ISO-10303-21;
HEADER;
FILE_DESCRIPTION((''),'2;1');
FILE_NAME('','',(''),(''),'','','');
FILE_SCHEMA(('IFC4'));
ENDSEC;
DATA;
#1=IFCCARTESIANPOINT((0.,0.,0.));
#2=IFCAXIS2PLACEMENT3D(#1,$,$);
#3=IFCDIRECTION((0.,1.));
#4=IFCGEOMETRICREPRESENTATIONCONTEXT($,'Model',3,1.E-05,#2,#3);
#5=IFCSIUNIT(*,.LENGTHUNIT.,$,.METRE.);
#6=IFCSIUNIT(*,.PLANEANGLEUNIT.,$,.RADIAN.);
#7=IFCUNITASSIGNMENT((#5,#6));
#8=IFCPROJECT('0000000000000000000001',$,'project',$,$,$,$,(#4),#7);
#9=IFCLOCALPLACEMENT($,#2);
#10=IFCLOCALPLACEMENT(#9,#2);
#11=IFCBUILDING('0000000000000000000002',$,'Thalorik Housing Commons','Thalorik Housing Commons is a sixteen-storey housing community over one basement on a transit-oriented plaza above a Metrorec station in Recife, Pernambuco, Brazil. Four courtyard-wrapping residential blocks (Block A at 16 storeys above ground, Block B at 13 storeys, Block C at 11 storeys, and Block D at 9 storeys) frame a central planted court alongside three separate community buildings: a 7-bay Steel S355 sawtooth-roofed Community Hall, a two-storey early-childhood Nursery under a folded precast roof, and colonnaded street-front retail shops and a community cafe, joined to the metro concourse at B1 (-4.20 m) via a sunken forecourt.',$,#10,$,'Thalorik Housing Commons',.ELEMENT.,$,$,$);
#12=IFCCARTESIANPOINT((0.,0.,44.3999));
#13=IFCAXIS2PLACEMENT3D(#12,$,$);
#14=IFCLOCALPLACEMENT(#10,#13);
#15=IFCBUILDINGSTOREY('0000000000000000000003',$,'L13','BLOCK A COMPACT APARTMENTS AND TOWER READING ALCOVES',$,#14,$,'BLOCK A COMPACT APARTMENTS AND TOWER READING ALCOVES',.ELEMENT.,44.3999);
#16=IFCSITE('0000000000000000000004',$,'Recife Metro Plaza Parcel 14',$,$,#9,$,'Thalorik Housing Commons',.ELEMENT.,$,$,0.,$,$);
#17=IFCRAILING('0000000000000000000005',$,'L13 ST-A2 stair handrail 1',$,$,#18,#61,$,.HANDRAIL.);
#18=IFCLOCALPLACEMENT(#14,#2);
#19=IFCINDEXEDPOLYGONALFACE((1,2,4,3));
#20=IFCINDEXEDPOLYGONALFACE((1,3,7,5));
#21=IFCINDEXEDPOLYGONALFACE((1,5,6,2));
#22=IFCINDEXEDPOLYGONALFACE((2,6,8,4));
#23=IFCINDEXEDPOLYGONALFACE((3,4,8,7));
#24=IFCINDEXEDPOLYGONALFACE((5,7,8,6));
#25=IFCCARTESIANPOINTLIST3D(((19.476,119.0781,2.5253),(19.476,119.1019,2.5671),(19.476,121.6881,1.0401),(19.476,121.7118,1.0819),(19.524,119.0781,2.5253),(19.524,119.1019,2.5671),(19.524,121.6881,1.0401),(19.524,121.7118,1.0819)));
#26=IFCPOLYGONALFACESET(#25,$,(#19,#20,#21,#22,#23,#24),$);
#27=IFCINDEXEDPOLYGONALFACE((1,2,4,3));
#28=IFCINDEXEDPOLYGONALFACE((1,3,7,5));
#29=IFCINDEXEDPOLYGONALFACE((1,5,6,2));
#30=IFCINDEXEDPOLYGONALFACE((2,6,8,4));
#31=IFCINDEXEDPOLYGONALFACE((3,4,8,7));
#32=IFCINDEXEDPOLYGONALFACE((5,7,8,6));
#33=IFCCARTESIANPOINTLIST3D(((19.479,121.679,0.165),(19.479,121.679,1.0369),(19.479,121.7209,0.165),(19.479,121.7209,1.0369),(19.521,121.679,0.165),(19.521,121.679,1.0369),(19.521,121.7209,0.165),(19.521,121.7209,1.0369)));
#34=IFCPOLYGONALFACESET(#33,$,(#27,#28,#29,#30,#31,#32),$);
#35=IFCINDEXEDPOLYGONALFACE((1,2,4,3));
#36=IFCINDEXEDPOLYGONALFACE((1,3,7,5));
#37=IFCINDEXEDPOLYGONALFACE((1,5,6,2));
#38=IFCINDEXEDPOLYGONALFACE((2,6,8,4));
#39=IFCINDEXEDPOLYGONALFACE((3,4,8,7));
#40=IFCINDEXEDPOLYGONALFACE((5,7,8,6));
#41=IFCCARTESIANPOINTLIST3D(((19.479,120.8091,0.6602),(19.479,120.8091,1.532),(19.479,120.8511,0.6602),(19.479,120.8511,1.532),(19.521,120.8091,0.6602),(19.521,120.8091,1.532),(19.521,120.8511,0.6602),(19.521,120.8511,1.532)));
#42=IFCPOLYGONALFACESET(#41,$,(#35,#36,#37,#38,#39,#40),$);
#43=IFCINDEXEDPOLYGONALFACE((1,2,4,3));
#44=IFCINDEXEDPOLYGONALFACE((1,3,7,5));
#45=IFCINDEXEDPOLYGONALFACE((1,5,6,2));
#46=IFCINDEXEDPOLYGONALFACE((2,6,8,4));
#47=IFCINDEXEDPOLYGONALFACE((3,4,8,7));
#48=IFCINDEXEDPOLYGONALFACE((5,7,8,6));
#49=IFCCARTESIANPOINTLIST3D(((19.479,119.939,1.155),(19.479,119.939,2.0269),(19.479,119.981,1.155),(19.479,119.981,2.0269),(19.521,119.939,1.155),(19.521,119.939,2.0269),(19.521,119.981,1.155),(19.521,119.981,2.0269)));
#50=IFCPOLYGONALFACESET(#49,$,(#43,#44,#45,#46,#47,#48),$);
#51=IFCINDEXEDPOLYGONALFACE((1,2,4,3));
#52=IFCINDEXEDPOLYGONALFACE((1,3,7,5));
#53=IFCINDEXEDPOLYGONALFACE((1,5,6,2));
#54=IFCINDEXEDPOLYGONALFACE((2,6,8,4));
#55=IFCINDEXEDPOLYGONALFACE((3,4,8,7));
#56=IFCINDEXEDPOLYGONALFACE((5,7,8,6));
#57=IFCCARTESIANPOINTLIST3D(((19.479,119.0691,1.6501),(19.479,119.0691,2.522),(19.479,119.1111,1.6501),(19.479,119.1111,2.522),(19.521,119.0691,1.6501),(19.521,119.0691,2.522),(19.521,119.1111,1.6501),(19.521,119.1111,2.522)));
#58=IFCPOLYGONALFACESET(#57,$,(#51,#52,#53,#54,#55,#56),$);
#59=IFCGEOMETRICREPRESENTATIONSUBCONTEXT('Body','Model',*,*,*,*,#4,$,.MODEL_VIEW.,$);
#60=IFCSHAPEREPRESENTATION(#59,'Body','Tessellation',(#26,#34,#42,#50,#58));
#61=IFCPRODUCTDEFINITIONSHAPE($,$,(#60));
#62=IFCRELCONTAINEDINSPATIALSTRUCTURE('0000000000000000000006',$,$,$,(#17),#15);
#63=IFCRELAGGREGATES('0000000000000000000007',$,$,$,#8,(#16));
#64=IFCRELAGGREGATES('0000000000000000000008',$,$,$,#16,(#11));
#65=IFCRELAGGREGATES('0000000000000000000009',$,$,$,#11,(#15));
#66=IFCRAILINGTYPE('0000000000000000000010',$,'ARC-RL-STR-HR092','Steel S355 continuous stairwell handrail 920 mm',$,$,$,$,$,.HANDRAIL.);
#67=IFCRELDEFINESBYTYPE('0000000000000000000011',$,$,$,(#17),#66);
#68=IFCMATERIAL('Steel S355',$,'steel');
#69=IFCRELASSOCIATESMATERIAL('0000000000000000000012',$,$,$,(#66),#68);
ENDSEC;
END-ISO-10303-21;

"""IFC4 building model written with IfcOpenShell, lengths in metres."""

from ifc_helpers import new_model, si_unit, direction, frame, origin, origin_2d, place, context, subcontext, project, spatial, rectangle, extrude, material, type_object, element, save


model = new_model("IFC4")

# Units and contexts
model_context = context("Model", 3, precision=1e-05, world=origin(), true_north=direction((0.0, 1.0)))
body_context = subcontext(model_context, "Body", "Model", "MODEL_VIEW")
ifc_project = project(units=[si_unit("LENGTHUNIT", "METRE"), si_unit("PLANEANGLEUNIT", "RADIAN")], contexts=[model_context])

# Site, building, storey
site_placement = place(None, origin())
site = spatial("IfcSite", under=ifc_project, at=site_placement, Name="Recife Metro Plaza Parcel 14", LongName="Thalorik Housing Commons", CompositionType="ELEMENT", RefElevation=0.0)
building_placement = place(site_placement, origin())
building = spatial("IfcBuilding", under=site, at=building_placement, Name="Thalorik Housing Commons", Description="Thalorik Housing Commons is a sixteen-storey housing community over one basement on a transit-oriented plaza above a Metrorec station in Recife, Pernambuco, Brazil. Four courtyard-wrapping residential blocks (Block A at 16 storeys above ground, Block B at 13 storeys, Block C at 11 storeys, and Block D at 9 storeys) frame a central planted court alongside three separate community buildings: a 7-bay Steel S355 sawtooth-roofed Community Hall, a two-storey early-childhood Nursery under a folded precast roof, and colonnaded street-front retail shops and a community cafe, joined to the metro concourse at B1 (-4.20 m) via a sunken forecourt.", LongName="Thalorik Housing Commons", CompositionType="ELEMENT")
storey_placement = place(building_placement, frame((0.0, 0.0, 44.3999)))
storey = spatial("IfcBuildingStorey", under=building, at=storey_placement, Name="L13", Description="BLOCK A COMPACT APARTMENTS AND TOWER READING ALCOVES", LongName="BLOCK A COMPACT APARTMENTS AND TOWER READING ALCOVES", CompositionType="ELEMENT", Elevation=44.3999)

# Shared definitions
ifc_material_1 = material(Name="Steel S355", Category="steel")

# Railing
railing_type_1 = type_object("IfcRailingType", Name="ARC-RL-STR-HR092", Description="Steel S355 continuous stairwell handrail 920 mm", PredefinedType="HANDRAIL", material=ifc_material_1)
railing_1_placement = place(storey_placement, frame((19.5, 121.7, 0.165)))
element("IfcRailing", 1, at=railing_1_placement, inside=storey, type_object=railing_type_1, Name="L13 ST-A2 stair handrail 1", PredefinedType="HANDRAIL", context=body_context, shape_type="SweptSolid", body=[
    extrude(rectangle(XDim=0.0481, YDim=0.0481, at=origin_2d()), frame((0.0, 0.0, 0.896), z_axis=(0.0, -0.869137, 0.494571), x_axis=(1.0, 0.0, 0.0)), (0.0, 0.0, 1.0), 3.0029),
    extrude(rectangle(XDim=0.042, YDim=0.042, at=origin_2d()), origin(), (0.0, 0.0, 1.0), 0.8718),
    extrude(rectangle(XDim=0.042, YDim=0.042, at=origin_2d()), frame((0.0, -0.8699, 0.4951)), (0.0, 0.0, 1.0), 0.8718),
    extrude(rectangle(XDim=0.042, YDim=0.042, at=origin_2d()), frame((0.0, -1.74, 0.99)), (0.0, 0.0, 1.0), 0.8718),
    extrude(rectangle(XDim=0.042, YDim=0.042, at=origin_2d()), frame((0.0, -2.6099, 1.4851)), (0.0, 0.0, 1.0), 0.8718),
])

save(model, "model.ifc")
